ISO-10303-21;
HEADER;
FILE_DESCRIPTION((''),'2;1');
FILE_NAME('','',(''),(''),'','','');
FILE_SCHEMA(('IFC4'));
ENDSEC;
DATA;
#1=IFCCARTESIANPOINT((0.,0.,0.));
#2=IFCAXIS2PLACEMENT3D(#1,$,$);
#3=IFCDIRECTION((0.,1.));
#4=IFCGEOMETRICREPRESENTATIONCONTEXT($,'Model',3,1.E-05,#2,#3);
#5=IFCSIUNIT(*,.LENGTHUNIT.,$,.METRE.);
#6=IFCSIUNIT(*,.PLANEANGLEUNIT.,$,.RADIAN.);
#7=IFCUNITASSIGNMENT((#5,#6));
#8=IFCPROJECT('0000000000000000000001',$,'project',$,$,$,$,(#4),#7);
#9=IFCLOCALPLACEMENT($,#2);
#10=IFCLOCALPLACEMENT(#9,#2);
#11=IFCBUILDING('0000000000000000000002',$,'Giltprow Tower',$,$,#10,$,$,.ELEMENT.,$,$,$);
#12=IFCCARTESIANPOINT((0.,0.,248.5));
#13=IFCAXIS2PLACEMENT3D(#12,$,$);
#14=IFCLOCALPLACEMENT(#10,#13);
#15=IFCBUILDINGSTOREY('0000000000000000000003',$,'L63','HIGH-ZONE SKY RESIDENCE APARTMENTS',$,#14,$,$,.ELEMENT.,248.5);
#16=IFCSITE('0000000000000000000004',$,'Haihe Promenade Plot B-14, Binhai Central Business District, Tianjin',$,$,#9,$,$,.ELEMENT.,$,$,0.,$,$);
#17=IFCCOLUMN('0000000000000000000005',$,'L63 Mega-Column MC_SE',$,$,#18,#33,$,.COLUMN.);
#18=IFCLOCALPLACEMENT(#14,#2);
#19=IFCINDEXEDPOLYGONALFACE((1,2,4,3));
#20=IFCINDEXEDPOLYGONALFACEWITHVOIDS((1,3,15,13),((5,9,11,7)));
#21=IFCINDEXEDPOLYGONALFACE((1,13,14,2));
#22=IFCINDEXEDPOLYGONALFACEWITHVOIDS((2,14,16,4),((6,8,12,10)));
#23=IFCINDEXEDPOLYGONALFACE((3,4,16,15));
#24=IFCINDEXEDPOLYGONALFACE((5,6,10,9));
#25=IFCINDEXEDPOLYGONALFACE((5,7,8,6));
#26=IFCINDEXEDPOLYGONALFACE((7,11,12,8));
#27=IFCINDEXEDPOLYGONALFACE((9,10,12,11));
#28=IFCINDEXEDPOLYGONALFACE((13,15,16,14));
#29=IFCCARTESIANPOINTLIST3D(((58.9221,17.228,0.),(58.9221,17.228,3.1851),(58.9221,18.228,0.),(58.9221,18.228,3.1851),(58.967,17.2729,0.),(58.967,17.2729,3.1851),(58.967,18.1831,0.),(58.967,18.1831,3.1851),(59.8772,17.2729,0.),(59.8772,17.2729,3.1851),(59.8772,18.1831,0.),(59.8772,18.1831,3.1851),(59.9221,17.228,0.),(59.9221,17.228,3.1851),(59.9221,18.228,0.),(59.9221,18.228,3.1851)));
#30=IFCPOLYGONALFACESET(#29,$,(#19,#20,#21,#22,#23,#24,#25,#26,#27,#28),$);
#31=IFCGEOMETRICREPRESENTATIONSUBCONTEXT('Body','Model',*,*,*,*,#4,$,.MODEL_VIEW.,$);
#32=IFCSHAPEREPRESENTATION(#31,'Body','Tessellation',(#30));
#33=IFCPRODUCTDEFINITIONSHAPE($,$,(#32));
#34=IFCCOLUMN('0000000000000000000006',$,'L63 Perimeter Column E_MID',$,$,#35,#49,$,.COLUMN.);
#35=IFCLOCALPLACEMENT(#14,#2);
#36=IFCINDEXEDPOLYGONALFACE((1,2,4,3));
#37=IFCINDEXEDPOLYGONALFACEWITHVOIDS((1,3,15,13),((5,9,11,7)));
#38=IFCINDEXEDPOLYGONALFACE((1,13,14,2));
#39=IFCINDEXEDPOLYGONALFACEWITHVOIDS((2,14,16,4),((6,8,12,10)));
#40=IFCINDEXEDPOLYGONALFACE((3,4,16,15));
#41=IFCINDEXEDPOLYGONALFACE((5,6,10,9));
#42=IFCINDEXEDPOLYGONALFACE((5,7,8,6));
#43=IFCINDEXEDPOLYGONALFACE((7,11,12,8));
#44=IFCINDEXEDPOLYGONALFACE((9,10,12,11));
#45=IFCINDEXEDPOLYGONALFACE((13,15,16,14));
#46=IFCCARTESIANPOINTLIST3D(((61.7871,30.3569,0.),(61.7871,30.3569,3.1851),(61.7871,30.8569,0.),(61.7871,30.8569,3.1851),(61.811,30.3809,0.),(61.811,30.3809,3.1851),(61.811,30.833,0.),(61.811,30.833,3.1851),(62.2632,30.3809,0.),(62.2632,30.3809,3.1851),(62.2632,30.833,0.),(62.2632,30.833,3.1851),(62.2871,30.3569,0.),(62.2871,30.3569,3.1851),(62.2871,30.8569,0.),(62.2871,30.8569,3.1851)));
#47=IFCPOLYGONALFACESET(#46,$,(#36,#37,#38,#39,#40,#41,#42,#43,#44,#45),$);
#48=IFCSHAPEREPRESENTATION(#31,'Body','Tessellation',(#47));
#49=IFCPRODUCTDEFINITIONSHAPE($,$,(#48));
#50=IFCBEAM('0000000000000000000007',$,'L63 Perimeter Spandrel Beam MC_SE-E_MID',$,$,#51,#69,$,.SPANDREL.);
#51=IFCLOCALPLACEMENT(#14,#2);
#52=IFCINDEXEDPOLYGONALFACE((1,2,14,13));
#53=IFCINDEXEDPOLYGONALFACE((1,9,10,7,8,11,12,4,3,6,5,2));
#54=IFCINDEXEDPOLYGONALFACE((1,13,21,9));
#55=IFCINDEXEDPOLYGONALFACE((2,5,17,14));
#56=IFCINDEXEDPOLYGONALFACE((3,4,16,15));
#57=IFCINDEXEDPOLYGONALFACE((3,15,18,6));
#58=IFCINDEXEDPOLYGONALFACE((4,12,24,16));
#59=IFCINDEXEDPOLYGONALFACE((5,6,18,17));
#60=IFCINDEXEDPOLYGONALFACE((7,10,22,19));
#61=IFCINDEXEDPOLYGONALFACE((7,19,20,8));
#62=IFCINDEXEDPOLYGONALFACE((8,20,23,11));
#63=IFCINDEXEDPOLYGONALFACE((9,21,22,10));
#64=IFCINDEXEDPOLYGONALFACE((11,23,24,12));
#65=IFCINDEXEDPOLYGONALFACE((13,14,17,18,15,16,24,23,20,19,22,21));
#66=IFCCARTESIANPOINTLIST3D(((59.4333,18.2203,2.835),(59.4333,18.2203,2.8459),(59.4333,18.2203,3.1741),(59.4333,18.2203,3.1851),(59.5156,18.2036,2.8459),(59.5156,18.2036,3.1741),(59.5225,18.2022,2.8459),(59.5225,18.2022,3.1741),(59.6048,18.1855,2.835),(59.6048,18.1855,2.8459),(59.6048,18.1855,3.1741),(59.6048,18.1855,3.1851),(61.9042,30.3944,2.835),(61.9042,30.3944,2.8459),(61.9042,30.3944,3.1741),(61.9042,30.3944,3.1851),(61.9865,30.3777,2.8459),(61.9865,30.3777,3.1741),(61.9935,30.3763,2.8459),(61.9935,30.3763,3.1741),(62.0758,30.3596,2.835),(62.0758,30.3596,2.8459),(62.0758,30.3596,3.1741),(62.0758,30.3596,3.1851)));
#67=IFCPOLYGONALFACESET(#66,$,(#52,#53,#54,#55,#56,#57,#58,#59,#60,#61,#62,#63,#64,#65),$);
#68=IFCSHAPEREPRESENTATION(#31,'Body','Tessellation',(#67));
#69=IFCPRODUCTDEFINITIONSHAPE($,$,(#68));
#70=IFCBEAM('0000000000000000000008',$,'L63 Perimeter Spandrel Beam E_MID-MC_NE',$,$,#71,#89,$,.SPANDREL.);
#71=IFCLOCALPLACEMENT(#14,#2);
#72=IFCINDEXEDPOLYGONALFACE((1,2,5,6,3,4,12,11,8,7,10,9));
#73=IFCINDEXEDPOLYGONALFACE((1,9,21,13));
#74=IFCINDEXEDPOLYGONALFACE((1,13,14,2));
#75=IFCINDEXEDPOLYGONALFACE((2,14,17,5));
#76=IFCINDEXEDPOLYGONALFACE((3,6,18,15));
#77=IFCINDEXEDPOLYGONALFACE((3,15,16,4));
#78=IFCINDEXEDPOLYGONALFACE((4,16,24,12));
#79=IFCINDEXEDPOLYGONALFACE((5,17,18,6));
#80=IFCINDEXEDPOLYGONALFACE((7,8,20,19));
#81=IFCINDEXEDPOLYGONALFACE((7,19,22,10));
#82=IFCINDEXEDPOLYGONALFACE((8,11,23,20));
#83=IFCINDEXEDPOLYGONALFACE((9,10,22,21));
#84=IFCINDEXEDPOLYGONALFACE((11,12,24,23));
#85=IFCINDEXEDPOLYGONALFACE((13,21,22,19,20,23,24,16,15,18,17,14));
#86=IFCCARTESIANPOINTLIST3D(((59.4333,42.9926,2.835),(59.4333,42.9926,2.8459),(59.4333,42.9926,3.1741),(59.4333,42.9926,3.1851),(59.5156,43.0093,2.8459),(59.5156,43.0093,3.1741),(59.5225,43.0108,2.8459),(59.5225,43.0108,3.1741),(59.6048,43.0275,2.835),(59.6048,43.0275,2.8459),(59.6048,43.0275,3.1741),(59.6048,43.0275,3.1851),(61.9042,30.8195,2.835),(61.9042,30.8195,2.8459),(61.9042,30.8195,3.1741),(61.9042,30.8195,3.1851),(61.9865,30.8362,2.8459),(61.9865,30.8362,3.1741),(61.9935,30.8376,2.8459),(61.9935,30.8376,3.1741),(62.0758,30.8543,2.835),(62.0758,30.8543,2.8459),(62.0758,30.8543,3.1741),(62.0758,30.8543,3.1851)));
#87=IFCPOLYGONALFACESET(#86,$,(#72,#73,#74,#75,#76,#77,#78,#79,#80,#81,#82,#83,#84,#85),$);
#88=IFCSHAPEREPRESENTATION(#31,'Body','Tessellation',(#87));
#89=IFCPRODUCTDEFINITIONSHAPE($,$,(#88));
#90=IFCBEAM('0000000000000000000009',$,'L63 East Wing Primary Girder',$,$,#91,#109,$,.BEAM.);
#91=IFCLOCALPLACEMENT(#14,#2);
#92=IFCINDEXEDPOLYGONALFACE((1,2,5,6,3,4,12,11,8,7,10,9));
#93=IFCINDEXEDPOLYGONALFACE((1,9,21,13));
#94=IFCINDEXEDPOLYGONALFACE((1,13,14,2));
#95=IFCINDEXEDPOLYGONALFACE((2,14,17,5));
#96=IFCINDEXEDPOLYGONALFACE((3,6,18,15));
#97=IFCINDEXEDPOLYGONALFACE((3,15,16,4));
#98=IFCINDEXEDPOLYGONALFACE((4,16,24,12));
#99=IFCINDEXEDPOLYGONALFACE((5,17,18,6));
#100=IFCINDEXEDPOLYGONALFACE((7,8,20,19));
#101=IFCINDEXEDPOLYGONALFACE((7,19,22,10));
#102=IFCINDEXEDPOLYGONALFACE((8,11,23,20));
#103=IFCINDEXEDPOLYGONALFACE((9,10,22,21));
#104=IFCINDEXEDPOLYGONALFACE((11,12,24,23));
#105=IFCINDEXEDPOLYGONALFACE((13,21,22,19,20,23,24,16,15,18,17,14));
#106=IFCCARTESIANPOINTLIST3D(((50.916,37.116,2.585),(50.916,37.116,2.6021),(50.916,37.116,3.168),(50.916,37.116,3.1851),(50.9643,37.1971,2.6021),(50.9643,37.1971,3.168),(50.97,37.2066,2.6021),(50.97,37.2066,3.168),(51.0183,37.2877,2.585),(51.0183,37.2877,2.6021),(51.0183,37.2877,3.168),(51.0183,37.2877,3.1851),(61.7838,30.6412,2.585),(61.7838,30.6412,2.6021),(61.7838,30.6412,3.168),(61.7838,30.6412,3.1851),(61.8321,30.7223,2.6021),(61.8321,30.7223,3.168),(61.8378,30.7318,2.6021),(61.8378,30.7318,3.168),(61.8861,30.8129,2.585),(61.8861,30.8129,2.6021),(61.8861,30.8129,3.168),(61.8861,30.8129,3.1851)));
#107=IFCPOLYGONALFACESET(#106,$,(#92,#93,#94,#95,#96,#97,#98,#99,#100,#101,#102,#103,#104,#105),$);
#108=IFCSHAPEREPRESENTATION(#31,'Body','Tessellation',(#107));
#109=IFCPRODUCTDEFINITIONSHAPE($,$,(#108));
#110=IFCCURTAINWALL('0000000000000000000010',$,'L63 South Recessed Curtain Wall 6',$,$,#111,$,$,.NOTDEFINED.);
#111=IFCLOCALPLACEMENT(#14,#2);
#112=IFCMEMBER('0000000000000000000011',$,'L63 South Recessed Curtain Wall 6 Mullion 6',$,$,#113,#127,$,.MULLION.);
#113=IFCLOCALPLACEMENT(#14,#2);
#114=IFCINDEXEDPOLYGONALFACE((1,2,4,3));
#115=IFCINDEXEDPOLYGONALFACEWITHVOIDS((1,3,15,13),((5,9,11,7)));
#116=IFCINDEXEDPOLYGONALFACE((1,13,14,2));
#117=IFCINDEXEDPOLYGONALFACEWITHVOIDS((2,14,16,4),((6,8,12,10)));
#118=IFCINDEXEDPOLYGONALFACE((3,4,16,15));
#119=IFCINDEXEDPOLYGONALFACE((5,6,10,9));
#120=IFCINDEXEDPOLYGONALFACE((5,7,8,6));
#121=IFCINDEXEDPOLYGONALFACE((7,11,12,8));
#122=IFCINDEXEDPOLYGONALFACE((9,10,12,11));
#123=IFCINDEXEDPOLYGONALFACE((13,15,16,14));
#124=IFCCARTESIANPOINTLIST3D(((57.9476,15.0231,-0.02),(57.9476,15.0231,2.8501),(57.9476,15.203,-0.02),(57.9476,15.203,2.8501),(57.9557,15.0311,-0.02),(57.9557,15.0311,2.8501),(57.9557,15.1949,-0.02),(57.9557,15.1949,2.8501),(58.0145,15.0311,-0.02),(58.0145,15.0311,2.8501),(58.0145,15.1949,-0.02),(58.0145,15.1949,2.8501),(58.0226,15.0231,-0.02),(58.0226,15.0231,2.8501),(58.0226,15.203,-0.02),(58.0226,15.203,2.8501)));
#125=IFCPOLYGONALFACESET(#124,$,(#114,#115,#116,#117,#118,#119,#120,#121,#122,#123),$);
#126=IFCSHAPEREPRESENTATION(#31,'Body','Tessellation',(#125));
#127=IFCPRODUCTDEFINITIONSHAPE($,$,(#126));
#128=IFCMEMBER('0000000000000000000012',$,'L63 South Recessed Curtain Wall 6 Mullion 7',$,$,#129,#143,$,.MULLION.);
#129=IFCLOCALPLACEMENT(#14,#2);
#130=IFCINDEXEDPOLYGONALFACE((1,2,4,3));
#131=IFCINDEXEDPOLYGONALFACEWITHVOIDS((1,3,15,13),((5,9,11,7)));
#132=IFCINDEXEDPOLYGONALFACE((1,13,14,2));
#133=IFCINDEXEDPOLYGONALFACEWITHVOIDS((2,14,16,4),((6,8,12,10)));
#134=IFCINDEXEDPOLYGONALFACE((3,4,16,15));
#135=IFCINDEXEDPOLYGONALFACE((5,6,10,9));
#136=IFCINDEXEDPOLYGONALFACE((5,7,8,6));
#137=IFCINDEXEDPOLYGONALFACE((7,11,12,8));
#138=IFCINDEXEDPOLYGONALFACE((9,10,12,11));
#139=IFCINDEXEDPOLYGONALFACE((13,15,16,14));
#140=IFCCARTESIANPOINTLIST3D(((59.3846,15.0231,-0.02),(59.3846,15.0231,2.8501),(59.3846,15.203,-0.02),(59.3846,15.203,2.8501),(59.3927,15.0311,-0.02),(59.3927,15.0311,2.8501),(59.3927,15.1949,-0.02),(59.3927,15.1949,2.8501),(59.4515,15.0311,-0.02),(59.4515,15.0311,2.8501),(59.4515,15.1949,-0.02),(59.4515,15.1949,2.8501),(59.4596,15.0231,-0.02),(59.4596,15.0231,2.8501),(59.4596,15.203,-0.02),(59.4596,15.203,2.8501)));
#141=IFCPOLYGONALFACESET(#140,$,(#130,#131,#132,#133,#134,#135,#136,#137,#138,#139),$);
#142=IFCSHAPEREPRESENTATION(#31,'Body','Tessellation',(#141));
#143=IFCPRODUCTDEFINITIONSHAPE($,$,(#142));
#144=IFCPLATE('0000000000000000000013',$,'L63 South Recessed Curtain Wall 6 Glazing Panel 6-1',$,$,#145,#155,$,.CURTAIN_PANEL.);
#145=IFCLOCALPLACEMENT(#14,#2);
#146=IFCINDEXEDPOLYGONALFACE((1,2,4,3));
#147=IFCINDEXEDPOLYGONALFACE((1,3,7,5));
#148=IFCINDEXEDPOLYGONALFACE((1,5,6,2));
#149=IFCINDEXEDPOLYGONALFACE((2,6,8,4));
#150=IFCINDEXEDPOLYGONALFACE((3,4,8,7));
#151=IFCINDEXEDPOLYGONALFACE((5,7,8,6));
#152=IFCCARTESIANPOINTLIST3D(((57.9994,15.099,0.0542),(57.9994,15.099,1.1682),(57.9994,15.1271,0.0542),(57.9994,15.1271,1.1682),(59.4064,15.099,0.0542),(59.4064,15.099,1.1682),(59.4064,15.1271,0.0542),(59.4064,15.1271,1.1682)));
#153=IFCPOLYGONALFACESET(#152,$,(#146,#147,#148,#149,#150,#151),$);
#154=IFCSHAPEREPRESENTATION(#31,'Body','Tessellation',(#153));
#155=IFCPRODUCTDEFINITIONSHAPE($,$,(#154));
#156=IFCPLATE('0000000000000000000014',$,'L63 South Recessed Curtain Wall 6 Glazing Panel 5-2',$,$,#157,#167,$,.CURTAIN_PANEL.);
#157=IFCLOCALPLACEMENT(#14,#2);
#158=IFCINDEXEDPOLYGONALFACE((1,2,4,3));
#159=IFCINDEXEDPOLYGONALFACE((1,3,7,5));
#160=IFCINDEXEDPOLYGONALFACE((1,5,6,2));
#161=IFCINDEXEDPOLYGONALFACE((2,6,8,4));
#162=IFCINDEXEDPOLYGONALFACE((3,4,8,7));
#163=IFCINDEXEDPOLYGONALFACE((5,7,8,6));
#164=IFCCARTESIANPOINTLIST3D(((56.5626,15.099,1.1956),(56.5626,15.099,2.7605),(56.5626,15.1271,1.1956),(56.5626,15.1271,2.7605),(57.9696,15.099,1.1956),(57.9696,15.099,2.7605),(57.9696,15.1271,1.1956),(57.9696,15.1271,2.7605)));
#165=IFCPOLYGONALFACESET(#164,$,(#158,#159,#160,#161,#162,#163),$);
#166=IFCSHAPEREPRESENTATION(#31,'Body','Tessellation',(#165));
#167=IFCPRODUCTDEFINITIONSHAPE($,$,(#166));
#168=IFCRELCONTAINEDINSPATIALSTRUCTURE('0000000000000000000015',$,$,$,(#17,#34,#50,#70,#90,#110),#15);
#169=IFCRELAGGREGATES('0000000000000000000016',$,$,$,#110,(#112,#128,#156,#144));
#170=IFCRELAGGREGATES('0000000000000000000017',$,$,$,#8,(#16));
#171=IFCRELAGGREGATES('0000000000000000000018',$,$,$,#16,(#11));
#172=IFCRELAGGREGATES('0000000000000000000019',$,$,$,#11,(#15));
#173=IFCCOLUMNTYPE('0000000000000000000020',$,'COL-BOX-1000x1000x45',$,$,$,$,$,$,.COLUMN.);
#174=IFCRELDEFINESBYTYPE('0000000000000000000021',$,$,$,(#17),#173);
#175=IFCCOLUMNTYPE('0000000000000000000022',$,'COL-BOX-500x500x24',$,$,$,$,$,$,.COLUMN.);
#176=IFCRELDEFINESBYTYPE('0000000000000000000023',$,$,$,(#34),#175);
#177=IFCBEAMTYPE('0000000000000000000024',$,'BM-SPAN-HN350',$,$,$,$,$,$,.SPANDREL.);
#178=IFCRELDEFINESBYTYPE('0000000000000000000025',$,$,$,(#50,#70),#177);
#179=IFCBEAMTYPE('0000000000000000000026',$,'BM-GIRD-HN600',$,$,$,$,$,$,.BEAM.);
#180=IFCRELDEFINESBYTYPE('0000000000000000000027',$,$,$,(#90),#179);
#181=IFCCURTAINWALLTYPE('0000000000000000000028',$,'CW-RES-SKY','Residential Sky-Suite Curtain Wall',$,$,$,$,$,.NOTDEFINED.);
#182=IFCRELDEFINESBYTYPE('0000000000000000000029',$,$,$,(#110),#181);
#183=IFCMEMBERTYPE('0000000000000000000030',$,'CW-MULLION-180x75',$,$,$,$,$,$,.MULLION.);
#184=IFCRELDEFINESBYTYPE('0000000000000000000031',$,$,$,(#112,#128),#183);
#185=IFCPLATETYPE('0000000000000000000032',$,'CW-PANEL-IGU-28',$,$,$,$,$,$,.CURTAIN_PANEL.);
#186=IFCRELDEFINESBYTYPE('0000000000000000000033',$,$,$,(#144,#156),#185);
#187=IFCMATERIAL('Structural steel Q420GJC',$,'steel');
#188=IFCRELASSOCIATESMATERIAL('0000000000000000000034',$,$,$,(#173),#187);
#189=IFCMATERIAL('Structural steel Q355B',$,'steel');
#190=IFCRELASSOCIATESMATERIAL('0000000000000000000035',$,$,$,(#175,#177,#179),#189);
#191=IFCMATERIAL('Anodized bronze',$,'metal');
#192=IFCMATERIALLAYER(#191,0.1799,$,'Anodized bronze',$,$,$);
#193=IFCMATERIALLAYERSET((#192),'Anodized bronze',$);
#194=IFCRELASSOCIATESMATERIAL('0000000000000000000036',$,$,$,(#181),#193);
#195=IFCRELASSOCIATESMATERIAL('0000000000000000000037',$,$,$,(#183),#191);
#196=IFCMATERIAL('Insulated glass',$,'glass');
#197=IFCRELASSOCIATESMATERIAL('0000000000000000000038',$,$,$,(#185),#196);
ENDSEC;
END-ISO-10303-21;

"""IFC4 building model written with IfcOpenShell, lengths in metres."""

from ifc_helpers import new_model, si_unit, direction, frame, origin, origin_2d, place, context, subcontext, project, spatial, rectangle, hollow_rectangle, i_section, extrude, source, transform, mapped, material, layer, layer_set, material_profile, profile_set, type_object, element, aggregate, save


model = new_model("IFC4")

# Units and contexts
model_context = context("Model", 3, precision=1e-05, world=origin(), true_north=direction((0.0, 1.0)))
body_context = subcontext(model_context, "Body", "Model", "MODEL_VIEW")
ifc_project = project(units=[si_unit("LENGTHUNIT", "METRE"), si_unit("PLANEANGLEUNIT", "RADIAN")], contexts=[model_context])

# Site, building, storey
site_placement = place(None, origin())
site = spatial("IfcSite", under=ifc_project, at=site_placement, Name="Haihe Promenade Plot B-14, Binhai Central Business District, Tianjin", CompositionType="ELEMENT", RefElevation=0.0)
building_placement = place(site_placement, origin())
building = spatial("IfcBuilding", under=site, at=building_placement, Name="Giltprow Tower", CompositionType="ELEMENT")
storey_placement = place(building_placement, frame((0.0, 0.0, 248.5)))
storey = spatial("IfcBuildingStorey", under=building, at=storey_placement, Name="L63", Description="HIGH-ZONE SKY RESIDENCE APARTMENTS", CompositionType="ELEMENT", Elevation=248.5)

# Columns
ifc_material_1 = material(Name="Structural steel Q420GJC", Category="steel")
ifc_material_profile_1 = material_profile(ifc_material_1, hollow_rectangle(XDim=1.0, YDim=1.0, WallThickness=0.0449, at=origin_2d()), Name="BOX 1000x1000x45")
ifc_profile_set_1 = profile_set([ifc_material_profile_1], Name="Structural steel Q420GJC")
column_type_1 = type_object("IfcColumnType", Name="COL-BOX-1000x1000x45", PredefinedType="COLUMN", material=ifc_profile_set_1)
shared_shape_1 = source(origin(), body_context, "Body", "SweptSolid", [
    extrude(hollow_rectangle(XDim=1.0, YDim=1.0, WallThickness=0.0449, at=origin_2d()), origin(), (0.0, 0.0, 1.0), 3.1851),
])
column_1_placement = place(storey_placement, frame((59.4221, 17.728, 0.0), z_axis=(0.0, 0.0, 1.0), x_axis=(1.0, 0.0, 0.0)))
element("IfcColumn", 1, at=column_1_placement, inside=storey, type_object=column_type_1, Name="L63 Mega-Column MC_SE", PredefinedType="COLUMN", context=body_context, shape_type="MappedRepresentation", body=[
    mapped(shared_shape_1, transform((0.0, 0.0, 0.0), x_axis=(1.0, 0.0, 0.0), y_axis=(0.0, 1.0, 0.0), z_axis=(0.0, 0.0, 1.0), scale=1.0)),
])
ifc_material_2 = material(Name="Structural steel Q355B", Category="steel")
ifc_material_profile_2 = material_profile(ifc_material_2, hollow_rectangle(XDim=0.5, YDim=0.5, WallThickness=0.0239, at=origin_2d()), Name="BOX 500x500x24")
ifc_profile_set_2 = profile_set([ifc_material_profile_2], Name="Structural steel Q355B")
column_type_2 = type_object("IfcColumnType", Name="COL-BOX-500x500x24", PredefinedType="COLUMN", material=ifc_profile_set_2)
shared_shape_2 = source(origin(), body_context, "Body", "SweptSolid", [
    extrude(hollow_rectangle(XDim=0.5, YDim=0.5, WallThickness=0.0239, at=origin_2d()), origin(), (0.0, 0.0, 1.0), 3.1851),
])
column_2_placement = place(storey_placement, frame((62.0371, 30.6069, 0.0), z_axis=(0.0, 0.0, 1.0), x_axis=(1.0, 0.0, 0.0)))
element("IfcColumn", 2, at=column_2_placement, inside=storey, type_object=column_type_2, Name="L63 Perimeter Column E_MID", PredefinedType="COLUMN", context=body_context, shape_type="MappedRepresentation", body=[
    mapped(shared_shape_2, transform((0.0, 0.0, 0.0), x_axis=(1.0, 0.0, 0.0), y_axis=(0.0, 1.0, 0.0), z_axis=(0.0, 0.0, 1.0), scale=1.0)),
])

# Beams
ifc_material_profile_3 = material_profile(ifc_material_2, i_section(OverallWidth=0.175, OverallDepth=0.3501, WebThickness=0.0071, FlangeThickness=0.011, at=origin_2d()), Name="HN 350x175x7x11")
ifc_profile_set_3 = profile_set([ifc_material_profile_3], Name="Structural steel Q355B")
beam_type_1 = type_object("IfcBeamType", Name="BM-SPAN-HN350", PredefinedType="SPANDREL", material=ifc_profile_set_3)
shared_shape_3 = source(origin(), body_context, "Body", "SweptSolid", [
    extrude(i_section(OverallWidth=0.175, OverallDepth=0.3501, WebThickness=0.0071, FlangeThickness=0.011, at=origin_2d()), origin(), (0.0, 0.0, 1.0), 12.4224),
])
beam_1_placement = place(storey_placement, frame((59.519, 18.2029, 3.01), z_axis=(0.198912, 0.980017, 0.0), x_axis=(-0.980017, 0.198912, 0.0)))
element("IfcBeam", 3, at=beam_1_placement, inside=storey, type_object=beam_type_1, Name="L63 Perimeter Spandrel Beam MC_SE-E_MID", PredefinedType="SPANDREL", context=body_context, shape_type="MappedRepresentation", body=[
    mapped(shared_shape_3, transform((0.0, 0.0, 0.0), x_axis=(1.0, 0.0, 0.0), y_axis=(0.0, 1.0, 0.0), z_axis=(0.0, 0.0, 1.0), scale=1.0)),
])
shared_shape_4 = source(origin(), body_context, "Body", "SweptSolid", [
    extrude(i_section(OverallWidth=0.175, OverallDepth=0.3501, WebThickness=0.0071, FlangeThickness=0.011, at=origin_2d()), origin(), (0.0, 0.0, 1.0), 12.4214),
])
beam_2_placement = place(storey_placement, frame((61.99, 30.8369, 3.01), z_axis=(-0.198927, 0.980014, 0.0), x_axis=(-0.980014, -0.198927, 0.0)))
element("IfcBeam", 4, at=beam_2_placement, inside=storey, type_object=beam_type_1, Name="L63 Perimeter Spandrel Beam E_MID-MC_NE", PredefinedType="SPANDREL", context=body_context, shape_type="MappedRepresentation", body=[
    mapped(shared_shape_4, transform((0.0, 0.0, 0.0), x_axis=(1.0, 0.0, 0.0), y_axis=(0.0, 1.0, 0.0), z_axis=(0.0, 0.0, 1.0), scale=1.0)),
])
ifc_material_profile_4 = material_profile(ifc_material_2, i_section(OverallWidth=0.2, OverallDepth=0.6001, WebThickness=0.011, FlangeThickness=0.0171, at=origin_2d()), Name="HN 600x200x11x17")
ifc_profile_set_4 = profile_set([ifc_material_profile_4], Name="Structural steel Q355B")
beam_type_2 = type_object("IfcBeamType", Name="BM-GIRD-HN600", PredefinedType="BEAM", material=ifc_profile_set_4)
shared_shape_5 = source(origin(), body_context, "Body", "SweptSolid", [
    extrude(i_section(OverallWidth=0.2, OverallDepth=0.6001, WebThickness=0.011, FlangeThickness=0.0171, at=origin_2d()), origin(), (0.0, 0.0, 1.0), 12.6504),
])
beam_3_placement = place(storey_placement, frame((61.835, 30.7271, 2.885), z_axis=(-0.859089, 0.511825, 0.0), x_axis=(-0.511825, -0.859089, 0.0)))
element("IfcBeam", 5, at=beam_3_placement, inside=storey, type_object=beam_type_2, Name="L63 East Wing Primary Girder", PredefinedType="BEAM", context=body_context, shape_type="MappedRepresentation", body=[
    mapped(shared_shape_5, transform((0.0, 0.0, 0.0), x_axis=(1.0, 0.0, 0.0), y_axis=(0.0, 1.0, 0.0), z_axis=(0.0, 0.0, 1.0), scale=1.0)),
])

# Curtain wall, members, plates
ifc_material_3 = material(Name="Anodized bronze", Category="metal")
ifc_layer_1 = layer(ifc_material_3, 0.1799, Name="Anodized bronze")
ifc_layer_set_1 = layer_set([ifc_layer_1], Name="Anodized bronze")
curtain_wall_type = type_object("IfcCurtainWallType", Name="CW-RES-SKY", Description="Residential Sky-Suite Curtain Wall", PredefinedType="NOTDEFINED", material=ifc_layer_set_1)
curtain_wall_placement = place(storey_placement, origin())
curtain_wall = element("IfcCurtainWall", 6, at=curtain_wall_placement, inside=storey, type_object=curtain_wall_type, Name="L63 South Recessed Curtain Wall 6", PredefinedType="NOTDEFINED")
ifc_material_profile_5 = material_profile(ifc_material_3, hollow_rectangle(XDim=0.075, YDim=0.1799, WallThickness=0.0081, at=origin_2d()), Name="RHS 180x75x8")
ifc_profile_set_5 = profile_set([ifc_material_profile_5], Name="Anodized bronze")
member_type = type_object("IfcMemberType", Name="CW-MULLION-180x75", PredefinedType="MULLION", material=ifc_profile_set_5)
shared_shape_6 = source(origin(), body_context, "Body", "SweptSolid", [
    extrude(hollow_rectangle(XDim=0.075, YDim=0.1799, WallThickness=0.0081, at=origin_2d()), origin(), (0.0, 0.0, 1.0), 2.8701),
])
member_1_placement = place(storey_placement, frame((57.9851, 15.113, -0.02), z_axis=(0.0, 0.0, 1.0), x_axis=(1.0, 0.0, 0.0)))
member_1 = element("IfcMember", 7, at=member_1_placement, type_object=member_type, Name="L63 South Recessed Curtain Wall 6 Mullion 6", PredefinedType="MULLION", context=body_context, shape_type="MappedRepresentation", body=[
    mapped(shared_shape_6, transform((0.0, 0.0, 0.0), x_axis=(1.0, 0.0, 0.0), y_axis=(0.0, 1.0, 0.0), z_axis=(0.0, 0.0, 1.0), scale=1.0)),
])
member_2_placement = place(storey_placement, frame((59.4221, 15.113, -0.02), z_axis=(0.0, 0.0, 1.0), x_axis=(1.0, 0.0, 0.0)))
member_2 = element("IfcMember", 8, at=member_2_placement, type_object=member_type, Name="L63 South Recessed Curtain Wall 6 Mullion 7", PredefinedType="MULLION", context=body_context, shape_type="MappedRepresentation", body=[
    mapped(shared_shape_6, transform((0.0, 0.0, 0.0), x_axis=(1.0, 0.0, 0.0), y_axis=(0.0, 1.0, 0.0), z_axis=(0.0, 0.0, 1.0), scale=1.0)),
])
ifc_material_4 = material(Name="Insulated glass", Category="glass")
plate_type = type_object("IfcPlateType", Name="CW-PANEL-IGU-28", PredefinedType="CURTAIN_PANEL", material=ifc_material_4)
shared_shape_7 = source(origin(), body_context, "Body", "SweptSolid", [
    extrude(rectangle(XDim=1.407, YDim=0.0281, at=origin_2d()), origin(), (0.0, 0.0, 1.0), 1.114),
])
plate_1_placement = place(storey_placement, frame((58.7029, 15.113, 0.0542), z_axis=(0.0, 0.0, 1.0), x_axis=(1.0, 0.0, 0.0)))
plate_1 = element("IfcPlate", 9, at=plate_1_placement, type_object=plate_type, Name="L63 South Recessed Curtain Wall 6 Glazing Panel 6-1", PredefinedType="CURTAIN_PANEL", context=body_context, shape_type="MappedRepresentation", body=[
    mapped(shared_shape_7, transform((0.0, 0.0, 0.0), x_axis=(1.0, 0.0, 0.0), y_axis=(0.0, 1.0, 0.0), z_axis=(0.0, 0.0, 1.0), scale=1.0)),
])
shared_shape_8 = source(origin(), body_context, "Body", "SweptSolid", [
    extrude(rectangle(XDim=1.407, YDim=0.0281, at=origin_2d()), origin(), (0.0, 0.0, 1.0), 1.5649),
])
plate_2_placement = place(storey_placement, frame((57.2661, 15.113, 1.1956), z_axis=(0.0, 0.0, 1.0), x_axis=(1.0, 0.0, 0.0)))
plate_2 = element("IfcPlate", 10, at=plate_2_placement, type_object=plate_type, Name="L63 South Recessed Curtain Wall 6 Glazing Panel 5-2", PredefinedType="CURTAIN_PANEL", context=body_context, shape_type="MappedRepresentation", body=[
    mapped(shared_shape_8, transform((0.0, 0.0, 0.0), x_axis=(1.0, 0.0, 0.0), y_axis=(0.0, 1.0, 0.0), z_axis=(0.0, 0.0, 1.0), scale=1.0)),
])
aggregate(curtain_wall, [member_1, member_2, plate_2, plate_1])

save(model, "model.ifc")
